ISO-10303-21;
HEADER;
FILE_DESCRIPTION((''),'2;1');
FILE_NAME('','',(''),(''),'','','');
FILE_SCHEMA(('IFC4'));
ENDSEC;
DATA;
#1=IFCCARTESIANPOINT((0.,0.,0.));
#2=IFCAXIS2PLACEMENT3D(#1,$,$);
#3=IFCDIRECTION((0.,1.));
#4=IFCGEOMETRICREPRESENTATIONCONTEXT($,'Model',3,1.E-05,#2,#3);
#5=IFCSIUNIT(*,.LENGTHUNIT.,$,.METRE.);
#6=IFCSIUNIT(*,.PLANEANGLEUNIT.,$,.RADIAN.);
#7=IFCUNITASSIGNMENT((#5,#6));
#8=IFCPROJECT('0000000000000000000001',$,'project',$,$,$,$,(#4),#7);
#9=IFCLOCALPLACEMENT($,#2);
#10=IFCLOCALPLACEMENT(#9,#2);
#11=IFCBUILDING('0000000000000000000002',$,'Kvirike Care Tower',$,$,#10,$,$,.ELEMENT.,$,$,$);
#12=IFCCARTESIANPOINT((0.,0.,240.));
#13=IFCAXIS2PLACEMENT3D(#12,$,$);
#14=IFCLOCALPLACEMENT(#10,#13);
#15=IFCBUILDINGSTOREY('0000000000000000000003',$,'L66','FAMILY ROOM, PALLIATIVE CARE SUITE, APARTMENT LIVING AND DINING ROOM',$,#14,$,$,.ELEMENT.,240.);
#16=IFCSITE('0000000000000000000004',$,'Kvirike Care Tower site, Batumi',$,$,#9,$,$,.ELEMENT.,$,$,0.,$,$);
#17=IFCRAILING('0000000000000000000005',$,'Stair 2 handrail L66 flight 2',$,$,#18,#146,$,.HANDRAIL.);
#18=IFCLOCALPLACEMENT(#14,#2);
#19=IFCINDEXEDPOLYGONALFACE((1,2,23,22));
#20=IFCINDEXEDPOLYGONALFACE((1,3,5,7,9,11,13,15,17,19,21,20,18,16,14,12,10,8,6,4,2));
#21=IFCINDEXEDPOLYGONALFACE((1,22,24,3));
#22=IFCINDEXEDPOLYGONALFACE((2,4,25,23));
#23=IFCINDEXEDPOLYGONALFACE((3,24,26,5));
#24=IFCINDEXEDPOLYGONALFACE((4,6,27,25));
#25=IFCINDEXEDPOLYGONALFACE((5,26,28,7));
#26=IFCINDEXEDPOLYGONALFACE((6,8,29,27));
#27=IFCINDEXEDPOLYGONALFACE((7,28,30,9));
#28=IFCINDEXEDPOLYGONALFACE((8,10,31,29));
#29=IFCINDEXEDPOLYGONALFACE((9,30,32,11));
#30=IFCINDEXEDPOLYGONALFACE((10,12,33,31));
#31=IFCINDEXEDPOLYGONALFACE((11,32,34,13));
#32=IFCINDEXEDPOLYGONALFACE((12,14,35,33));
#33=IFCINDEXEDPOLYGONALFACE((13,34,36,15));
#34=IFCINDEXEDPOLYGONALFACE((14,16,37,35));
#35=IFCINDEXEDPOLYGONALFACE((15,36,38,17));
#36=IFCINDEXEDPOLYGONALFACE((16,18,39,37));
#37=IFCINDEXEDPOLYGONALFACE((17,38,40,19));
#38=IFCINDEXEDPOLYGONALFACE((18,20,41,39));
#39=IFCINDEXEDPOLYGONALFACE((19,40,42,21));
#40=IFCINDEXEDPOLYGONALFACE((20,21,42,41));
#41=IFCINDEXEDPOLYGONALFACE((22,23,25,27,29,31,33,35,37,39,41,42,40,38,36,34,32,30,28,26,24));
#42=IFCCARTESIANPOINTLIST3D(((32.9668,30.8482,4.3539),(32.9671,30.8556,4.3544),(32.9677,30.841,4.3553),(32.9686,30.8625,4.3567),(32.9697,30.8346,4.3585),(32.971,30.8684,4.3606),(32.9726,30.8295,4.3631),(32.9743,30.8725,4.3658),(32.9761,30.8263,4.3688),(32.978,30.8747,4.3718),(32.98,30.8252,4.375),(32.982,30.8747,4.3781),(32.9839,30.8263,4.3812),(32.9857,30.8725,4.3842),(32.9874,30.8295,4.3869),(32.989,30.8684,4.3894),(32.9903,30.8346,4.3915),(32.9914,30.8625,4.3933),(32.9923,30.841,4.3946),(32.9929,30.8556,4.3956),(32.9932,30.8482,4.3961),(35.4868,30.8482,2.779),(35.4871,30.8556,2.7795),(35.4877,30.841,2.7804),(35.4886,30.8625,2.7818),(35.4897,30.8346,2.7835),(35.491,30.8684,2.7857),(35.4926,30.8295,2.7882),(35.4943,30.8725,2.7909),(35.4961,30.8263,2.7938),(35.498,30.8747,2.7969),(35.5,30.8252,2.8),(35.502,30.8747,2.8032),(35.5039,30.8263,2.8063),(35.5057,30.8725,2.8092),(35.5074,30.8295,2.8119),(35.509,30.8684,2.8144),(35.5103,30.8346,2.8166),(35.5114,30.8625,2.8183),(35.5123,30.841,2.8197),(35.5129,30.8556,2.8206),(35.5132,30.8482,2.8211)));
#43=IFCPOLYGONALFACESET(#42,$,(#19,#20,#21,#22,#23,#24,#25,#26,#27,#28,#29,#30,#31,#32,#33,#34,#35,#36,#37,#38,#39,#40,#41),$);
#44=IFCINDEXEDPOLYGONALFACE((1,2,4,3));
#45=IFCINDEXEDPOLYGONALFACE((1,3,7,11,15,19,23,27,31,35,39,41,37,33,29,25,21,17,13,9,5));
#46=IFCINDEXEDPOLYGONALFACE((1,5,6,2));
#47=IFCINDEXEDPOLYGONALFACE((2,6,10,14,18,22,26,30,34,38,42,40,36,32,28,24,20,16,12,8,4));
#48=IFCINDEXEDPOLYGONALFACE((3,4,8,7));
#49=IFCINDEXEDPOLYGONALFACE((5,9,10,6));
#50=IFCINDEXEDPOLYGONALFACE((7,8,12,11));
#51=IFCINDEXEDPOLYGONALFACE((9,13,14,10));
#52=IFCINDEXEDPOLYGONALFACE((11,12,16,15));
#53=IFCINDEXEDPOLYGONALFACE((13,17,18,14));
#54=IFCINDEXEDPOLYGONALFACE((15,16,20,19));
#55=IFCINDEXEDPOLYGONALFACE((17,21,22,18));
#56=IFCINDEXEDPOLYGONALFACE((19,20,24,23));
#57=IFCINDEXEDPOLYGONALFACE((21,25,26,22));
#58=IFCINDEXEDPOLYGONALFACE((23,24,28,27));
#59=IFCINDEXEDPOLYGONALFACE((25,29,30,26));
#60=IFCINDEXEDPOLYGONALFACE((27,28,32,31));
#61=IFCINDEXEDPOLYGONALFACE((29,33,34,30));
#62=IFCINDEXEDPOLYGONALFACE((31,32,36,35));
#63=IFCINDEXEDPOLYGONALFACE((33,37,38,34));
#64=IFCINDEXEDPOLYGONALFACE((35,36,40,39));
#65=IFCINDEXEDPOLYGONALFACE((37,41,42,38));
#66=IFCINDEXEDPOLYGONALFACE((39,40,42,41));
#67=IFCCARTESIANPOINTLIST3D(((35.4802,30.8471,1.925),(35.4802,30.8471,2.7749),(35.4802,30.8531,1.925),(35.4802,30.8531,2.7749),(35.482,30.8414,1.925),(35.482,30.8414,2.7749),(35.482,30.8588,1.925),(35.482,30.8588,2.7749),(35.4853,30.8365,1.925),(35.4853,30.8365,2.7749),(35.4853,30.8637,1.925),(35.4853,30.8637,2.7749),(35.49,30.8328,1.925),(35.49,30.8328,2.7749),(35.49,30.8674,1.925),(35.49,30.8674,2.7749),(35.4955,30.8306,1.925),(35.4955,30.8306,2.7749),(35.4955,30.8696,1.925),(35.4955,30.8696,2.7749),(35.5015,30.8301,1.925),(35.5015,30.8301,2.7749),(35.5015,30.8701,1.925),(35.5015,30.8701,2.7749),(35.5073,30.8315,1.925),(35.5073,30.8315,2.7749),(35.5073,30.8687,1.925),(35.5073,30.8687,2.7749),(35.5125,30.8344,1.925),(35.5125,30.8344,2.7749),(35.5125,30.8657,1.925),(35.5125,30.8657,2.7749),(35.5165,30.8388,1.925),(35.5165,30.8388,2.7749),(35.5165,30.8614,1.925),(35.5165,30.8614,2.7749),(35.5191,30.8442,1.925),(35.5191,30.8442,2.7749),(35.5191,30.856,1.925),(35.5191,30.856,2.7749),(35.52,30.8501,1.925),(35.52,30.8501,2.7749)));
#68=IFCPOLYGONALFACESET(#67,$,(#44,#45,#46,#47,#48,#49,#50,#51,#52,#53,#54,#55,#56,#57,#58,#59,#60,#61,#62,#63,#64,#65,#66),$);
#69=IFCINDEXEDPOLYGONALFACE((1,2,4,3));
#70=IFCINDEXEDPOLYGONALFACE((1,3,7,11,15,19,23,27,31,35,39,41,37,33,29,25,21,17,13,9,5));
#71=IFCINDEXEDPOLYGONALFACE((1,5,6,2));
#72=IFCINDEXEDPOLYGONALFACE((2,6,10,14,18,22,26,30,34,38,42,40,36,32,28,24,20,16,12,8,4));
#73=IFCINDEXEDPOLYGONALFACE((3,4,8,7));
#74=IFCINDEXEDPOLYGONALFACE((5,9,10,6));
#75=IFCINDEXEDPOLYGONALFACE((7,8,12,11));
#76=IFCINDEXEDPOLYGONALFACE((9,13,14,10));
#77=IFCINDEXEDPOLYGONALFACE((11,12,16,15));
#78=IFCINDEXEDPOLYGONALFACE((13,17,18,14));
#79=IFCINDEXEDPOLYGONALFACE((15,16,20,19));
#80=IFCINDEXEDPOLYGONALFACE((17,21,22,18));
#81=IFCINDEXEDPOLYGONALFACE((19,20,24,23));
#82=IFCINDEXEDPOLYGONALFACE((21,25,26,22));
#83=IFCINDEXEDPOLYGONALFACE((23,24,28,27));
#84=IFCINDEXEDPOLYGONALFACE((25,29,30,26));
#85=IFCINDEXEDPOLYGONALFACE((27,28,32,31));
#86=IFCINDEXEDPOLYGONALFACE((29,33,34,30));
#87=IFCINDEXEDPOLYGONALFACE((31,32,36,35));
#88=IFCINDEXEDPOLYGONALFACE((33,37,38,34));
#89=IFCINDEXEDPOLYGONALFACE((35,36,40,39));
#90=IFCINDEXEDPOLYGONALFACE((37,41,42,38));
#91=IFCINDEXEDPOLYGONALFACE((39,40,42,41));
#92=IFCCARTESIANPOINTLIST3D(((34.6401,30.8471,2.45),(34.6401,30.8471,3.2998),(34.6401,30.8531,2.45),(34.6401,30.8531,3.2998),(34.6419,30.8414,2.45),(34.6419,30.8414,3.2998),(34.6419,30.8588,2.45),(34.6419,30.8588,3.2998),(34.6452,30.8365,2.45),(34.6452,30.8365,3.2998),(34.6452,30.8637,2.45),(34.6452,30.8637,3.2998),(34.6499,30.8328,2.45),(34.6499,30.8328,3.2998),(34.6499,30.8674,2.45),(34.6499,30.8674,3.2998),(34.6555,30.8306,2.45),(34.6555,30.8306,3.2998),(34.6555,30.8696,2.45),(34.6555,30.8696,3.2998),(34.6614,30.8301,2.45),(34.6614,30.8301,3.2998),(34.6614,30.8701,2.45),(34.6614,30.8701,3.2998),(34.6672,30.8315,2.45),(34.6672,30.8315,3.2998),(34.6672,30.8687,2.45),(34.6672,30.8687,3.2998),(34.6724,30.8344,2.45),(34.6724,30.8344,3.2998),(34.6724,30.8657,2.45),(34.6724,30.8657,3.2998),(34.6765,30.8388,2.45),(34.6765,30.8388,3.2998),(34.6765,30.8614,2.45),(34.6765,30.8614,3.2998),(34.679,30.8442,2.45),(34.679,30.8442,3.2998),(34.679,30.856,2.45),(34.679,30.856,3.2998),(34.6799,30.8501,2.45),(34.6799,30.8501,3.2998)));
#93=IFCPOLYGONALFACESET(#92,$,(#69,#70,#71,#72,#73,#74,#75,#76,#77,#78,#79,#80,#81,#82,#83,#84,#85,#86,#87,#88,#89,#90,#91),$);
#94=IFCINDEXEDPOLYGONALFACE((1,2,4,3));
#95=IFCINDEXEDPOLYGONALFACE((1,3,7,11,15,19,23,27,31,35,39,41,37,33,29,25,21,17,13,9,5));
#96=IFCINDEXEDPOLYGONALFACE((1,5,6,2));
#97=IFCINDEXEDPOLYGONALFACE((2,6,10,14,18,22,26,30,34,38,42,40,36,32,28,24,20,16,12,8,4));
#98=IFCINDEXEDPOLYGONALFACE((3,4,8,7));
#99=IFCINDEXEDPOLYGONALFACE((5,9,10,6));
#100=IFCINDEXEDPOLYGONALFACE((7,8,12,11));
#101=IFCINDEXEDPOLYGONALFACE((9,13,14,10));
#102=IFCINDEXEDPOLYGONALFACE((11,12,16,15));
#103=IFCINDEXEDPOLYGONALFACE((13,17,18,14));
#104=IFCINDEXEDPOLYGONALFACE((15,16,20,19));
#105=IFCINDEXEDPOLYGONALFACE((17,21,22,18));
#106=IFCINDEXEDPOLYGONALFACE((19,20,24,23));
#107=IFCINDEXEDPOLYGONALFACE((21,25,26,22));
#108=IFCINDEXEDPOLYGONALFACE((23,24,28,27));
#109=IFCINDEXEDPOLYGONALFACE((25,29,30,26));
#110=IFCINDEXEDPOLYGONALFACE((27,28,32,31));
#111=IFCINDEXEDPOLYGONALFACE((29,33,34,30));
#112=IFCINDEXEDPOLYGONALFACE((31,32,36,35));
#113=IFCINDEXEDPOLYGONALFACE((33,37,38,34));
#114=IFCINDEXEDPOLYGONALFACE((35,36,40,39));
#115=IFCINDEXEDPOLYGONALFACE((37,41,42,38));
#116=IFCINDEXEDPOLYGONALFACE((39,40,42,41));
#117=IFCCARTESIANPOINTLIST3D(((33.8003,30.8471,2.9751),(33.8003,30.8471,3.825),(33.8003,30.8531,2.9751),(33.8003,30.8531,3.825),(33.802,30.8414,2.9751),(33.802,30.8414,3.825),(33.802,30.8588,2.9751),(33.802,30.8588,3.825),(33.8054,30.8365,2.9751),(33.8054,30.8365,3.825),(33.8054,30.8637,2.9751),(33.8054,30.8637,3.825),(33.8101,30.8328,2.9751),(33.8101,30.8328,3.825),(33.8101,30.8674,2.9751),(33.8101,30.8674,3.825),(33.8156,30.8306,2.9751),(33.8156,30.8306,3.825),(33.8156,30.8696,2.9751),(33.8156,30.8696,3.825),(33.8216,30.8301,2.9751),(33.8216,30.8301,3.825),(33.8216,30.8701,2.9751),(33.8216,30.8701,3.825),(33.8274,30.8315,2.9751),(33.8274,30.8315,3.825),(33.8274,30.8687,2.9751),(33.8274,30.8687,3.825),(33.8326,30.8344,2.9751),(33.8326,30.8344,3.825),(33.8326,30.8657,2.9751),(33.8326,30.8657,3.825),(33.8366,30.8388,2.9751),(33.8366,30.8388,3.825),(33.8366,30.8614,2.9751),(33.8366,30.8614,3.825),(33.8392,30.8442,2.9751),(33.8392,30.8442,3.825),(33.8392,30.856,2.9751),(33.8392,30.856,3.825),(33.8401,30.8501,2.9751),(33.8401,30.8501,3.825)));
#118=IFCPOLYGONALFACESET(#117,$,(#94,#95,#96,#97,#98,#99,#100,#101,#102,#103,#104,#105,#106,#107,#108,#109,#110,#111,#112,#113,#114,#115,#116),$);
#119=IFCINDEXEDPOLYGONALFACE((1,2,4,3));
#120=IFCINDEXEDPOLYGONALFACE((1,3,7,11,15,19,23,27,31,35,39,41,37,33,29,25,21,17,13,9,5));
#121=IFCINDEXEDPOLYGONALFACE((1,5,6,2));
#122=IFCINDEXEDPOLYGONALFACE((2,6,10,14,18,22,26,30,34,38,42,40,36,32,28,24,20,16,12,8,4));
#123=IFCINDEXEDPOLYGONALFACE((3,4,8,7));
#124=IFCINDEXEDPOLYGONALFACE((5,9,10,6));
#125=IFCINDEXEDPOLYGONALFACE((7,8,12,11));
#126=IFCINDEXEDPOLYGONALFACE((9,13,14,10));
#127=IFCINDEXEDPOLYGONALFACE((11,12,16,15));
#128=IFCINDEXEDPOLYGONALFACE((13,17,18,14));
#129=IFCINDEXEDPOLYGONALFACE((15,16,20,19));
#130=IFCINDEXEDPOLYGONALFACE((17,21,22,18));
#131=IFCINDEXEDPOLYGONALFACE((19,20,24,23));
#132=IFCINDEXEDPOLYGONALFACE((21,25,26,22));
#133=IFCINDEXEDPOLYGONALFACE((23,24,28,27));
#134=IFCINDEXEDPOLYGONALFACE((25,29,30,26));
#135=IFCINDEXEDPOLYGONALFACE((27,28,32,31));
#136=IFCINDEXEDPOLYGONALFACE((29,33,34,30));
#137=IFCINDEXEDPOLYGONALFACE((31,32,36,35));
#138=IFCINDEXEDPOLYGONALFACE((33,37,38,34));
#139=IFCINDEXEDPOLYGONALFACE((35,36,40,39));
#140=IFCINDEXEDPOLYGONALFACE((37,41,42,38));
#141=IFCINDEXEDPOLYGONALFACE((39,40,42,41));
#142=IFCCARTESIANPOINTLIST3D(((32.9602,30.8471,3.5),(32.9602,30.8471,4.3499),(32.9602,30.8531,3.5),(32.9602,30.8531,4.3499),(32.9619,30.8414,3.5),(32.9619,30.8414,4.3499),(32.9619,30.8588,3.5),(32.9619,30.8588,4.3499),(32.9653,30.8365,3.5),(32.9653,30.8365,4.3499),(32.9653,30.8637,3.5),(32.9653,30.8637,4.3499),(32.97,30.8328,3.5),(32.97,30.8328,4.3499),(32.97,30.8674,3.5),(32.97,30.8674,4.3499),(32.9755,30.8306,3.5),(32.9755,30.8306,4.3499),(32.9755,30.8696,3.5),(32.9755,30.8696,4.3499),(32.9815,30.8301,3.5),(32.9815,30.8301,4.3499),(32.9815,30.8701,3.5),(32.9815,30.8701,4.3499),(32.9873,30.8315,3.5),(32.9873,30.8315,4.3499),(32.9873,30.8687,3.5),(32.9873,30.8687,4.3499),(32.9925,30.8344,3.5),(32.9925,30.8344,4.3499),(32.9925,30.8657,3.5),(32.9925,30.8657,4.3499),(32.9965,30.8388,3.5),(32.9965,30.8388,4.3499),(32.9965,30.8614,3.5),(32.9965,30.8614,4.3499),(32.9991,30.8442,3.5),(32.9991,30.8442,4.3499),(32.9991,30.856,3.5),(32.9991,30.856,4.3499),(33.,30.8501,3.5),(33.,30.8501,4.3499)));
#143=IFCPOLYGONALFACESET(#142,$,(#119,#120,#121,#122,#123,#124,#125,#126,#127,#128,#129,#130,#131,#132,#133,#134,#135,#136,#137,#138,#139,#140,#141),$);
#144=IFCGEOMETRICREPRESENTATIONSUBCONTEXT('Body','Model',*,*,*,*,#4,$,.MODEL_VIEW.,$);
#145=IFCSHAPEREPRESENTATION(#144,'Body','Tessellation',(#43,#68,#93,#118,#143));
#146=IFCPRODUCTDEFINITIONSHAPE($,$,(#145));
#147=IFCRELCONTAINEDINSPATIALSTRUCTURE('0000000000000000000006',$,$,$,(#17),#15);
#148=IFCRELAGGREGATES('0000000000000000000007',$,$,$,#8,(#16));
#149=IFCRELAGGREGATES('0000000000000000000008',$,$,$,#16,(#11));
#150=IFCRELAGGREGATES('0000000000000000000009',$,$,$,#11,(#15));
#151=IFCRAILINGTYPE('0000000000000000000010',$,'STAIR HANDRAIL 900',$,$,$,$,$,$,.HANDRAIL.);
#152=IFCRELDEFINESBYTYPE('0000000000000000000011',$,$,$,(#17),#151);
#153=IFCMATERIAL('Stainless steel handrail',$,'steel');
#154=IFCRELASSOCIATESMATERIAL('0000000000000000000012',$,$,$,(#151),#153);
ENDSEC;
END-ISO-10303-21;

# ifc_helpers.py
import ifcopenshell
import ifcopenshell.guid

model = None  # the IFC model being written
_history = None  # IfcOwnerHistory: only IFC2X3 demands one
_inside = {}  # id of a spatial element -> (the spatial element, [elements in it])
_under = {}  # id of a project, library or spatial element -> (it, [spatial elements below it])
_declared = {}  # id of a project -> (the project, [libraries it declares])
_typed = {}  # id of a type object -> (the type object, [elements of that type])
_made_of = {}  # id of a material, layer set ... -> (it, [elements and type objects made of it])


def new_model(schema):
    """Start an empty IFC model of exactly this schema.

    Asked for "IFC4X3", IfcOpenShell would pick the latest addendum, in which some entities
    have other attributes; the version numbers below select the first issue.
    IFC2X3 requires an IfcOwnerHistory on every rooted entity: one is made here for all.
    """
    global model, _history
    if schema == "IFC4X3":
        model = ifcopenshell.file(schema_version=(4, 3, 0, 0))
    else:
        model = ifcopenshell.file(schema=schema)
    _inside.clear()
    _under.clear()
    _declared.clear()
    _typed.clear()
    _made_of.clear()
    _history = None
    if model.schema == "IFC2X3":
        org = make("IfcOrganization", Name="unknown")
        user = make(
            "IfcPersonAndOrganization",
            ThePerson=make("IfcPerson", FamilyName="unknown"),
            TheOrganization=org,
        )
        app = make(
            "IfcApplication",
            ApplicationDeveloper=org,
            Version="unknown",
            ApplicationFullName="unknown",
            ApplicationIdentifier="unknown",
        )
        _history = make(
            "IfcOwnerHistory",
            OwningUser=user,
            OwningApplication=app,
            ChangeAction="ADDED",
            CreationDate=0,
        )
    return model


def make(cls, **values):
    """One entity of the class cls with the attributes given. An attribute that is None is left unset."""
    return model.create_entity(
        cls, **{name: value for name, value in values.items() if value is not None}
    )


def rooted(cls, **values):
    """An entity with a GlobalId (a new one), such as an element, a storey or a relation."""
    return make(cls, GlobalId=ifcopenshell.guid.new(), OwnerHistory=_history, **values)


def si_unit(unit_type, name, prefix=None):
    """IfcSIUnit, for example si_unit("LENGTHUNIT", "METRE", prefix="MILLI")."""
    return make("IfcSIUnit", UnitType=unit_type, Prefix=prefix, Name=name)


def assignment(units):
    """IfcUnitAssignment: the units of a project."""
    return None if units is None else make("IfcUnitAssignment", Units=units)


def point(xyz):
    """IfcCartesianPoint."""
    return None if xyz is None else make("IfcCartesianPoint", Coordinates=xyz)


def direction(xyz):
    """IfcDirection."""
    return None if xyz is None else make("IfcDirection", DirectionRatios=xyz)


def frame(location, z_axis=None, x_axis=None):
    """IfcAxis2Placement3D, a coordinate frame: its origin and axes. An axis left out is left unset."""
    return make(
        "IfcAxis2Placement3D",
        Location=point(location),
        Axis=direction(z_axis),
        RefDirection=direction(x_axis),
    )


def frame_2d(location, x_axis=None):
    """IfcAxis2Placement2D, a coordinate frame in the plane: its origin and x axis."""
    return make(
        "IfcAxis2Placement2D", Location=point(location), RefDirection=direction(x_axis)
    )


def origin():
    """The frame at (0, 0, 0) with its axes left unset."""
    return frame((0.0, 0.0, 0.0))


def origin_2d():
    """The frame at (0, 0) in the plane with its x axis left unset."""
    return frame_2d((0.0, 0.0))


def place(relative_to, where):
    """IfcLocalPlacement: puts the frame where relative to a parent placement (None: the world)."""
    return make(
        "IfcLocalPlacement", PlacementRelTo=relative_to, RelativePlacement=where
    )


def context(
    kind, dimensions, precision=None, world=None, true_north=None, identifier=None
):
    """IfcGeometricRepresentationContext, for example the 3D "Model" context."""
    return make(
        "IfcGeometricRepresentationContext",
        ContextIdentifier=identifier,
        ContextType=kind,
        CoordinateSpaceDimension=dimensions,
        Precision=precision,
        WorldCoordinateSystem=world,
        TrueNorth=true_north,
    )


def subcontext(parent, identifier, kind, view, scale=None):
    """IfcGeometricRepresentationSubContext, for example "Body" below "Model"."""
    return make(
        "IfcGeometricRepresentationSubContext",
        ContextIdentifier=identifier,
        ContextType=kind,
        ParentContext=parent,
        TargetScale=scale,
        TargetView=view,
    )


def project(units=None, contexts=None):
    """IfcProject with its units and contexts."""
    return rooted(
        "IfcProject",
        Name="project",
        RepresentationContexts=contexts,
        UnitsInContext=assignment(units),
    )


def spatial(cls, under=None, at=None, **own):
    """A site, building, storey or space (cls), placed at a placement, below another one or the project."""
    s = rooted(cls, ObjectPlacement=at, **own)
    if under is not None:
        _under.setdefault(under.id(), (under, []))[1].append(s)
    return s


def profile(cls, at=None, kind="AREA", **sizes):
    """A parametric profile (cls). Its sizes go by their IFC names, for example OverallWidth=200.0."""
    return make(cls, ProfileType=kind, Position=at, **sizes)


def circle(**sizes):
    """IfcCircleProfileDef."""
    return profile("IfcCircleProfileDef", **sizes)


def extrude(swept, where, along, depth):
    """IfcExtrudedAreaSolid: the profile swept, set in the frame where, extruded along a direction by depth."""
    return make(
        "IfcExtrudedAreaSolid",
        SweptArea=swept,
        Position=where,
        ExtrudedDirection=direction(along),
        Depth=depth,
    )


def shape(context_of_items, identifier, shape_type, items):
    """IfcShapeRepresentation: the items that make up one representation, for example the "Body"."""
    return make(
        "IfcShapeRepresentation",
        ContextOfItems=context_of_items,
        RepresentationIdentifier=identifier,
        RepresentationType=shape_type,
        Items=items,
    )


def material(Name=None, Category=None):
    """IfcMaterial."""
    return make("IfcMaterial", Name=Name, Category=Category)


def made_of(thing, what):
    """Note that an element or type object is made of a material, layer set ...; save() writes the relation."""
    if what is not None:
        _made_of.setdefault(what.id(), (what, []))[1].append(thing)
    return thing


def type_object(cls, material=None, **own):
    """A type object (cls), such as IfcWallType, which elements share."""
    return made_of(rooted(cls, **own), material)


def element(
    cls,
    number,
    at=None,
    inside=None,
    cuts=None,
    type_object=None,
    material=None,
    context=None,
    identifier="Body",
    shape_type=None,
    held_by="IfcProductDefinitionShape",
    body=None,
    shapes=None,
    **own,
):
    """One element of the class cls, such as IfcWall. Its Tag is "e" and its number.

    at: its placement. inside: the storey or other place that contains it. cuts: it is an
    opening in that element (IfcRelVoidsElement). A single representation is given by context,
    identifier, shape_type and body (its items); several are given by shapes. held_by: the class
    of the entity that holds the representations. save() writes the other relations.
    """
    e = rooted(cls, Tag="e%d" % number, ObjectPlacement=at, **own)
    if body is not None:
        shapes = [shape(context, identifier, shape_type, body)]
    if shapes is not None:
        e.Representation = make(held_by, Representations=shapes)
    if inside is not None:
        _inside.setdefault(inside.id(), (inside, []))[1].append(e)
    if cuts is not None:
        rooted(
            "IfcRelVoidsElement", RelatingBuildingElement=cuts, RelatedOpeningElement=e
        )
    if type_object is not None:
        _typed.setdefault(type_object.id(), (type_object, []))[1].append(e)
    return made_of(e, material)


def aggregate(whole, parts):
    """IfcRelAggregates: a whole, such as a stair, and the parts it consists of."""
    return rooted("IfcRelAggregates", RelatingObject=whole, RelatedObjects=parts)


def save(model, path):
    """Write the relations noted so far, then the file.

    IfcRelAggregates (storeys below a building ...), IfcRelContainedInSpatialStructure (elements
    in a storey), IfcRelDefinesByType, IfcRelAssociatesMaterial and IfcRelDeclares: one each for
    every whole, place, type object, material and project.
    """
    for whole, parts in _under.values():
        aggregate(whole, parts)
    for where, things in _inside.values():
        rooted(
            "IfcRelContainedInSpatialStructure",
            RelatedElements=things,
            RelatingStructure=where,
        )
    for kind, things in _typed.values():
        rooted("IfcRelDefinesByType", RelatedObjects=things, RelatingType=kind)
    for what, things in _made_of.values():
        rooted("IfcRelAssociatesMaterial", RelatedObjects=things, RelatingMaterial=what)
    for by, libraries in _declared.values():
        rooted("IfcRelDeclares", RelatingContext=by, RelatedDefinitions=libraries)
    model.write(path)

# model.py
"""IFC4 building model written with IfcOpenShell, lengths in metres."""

from ifc_helpers import new_model, si_unit, direction, frame, origin, origin_2d, place, context, subcontext, project, spatial, circle, extrude, material, type_object, element, save


model = new_model("IFC4")

# Units and contexts
model_context = context("Model", 3, precision=1e-05, world=origin(), true_north=direction((0.0, 1.0)))
body_context = subcontext(model_context, "Body", "Model", "MODEL_VIEW")
ifc_project = project(units=[si_unit("LENGTHUNIT", "METRE"), si_unit("PLANEANGLEUNIT", "RADIAN")], contexts=[model_context])

# Site, building, storey
site_placement = place(None, origin())
site = spatial("IfcSite", under=ifc_project, at=site_placement, Name="Kvirike Care Tower site, Batumi", CompositionType="ELEMENT", RefElevation=0.0)
building_placement = place(site_placement, origin())
building = spatial("IfcBuilding", under=site, at=building_placement, Name="Kvirike Care Tower", CompositionType="ELEMENT")
storey_placement = place(building_placement, frame((0.0, 0.0, 240.0)))
storey = spatial("IfcBuildingStorey", under=building, at=storey_placement, Name="L66", Description="FAMILY ROOM, PALLIATIVE CARE SUITE, APARTMENT LIVING AND DINING ROOM", CompositionType="ELEMENT", Elevation=240.0)

# Railing
ifc_material_1 = material(Name="Stainless steel handrail", Category="steel")
railing_type = type_object("IfcRailingType", Name="STAIR HANDRAIL 900", PredefinedType="HANDRAIL", material=ifc_material_1)
railing_1_placement = place(storey_placement, frame((35.5, 30.8501, 1.925)))
element("IfcRailing", 1, at=railing_1_placement, inside=storey, type_object=railing_type, Name="Stair 2 handrail L66 flight 2", PredefinedType="HANDRAIL", context=body_context, shape_type="SweptSolid", body=[
    extrude(circle(Radius=0.0249, at=origin_2d()), frame((0.0, 0.0, 0.875), z_axis=(-0.848008, 0.0, 0.529984), x_axis=(0.0, -1.0, 0.0)), (0.0, 0.0, 1.0), 2.9717),
    extrude(circle(Radius=0.02, at=origin_2d()), origin(), (0.0, 0.0, 1.0), 0.8499),
    extrude(circle(Radius=0.02, at=origin_2d()), frame((-0.8401, 0.0, 0.5249)), (0.0, 0.0, 1.0), 0.8499),
    extrude(circle(Radius=0.02, at=origin_2d()), frame((-1.6799, 0.0, 1.05)), (0.0, 0.0, 1.0), 0.8499),
    extrude(circle(Radius=0.02, at=origin_2d()), frame((-2.52, 0.0, 1.575)), (0.0, 0.0, 1.0), 0.8499),
])

save(model, "model.ifc")
